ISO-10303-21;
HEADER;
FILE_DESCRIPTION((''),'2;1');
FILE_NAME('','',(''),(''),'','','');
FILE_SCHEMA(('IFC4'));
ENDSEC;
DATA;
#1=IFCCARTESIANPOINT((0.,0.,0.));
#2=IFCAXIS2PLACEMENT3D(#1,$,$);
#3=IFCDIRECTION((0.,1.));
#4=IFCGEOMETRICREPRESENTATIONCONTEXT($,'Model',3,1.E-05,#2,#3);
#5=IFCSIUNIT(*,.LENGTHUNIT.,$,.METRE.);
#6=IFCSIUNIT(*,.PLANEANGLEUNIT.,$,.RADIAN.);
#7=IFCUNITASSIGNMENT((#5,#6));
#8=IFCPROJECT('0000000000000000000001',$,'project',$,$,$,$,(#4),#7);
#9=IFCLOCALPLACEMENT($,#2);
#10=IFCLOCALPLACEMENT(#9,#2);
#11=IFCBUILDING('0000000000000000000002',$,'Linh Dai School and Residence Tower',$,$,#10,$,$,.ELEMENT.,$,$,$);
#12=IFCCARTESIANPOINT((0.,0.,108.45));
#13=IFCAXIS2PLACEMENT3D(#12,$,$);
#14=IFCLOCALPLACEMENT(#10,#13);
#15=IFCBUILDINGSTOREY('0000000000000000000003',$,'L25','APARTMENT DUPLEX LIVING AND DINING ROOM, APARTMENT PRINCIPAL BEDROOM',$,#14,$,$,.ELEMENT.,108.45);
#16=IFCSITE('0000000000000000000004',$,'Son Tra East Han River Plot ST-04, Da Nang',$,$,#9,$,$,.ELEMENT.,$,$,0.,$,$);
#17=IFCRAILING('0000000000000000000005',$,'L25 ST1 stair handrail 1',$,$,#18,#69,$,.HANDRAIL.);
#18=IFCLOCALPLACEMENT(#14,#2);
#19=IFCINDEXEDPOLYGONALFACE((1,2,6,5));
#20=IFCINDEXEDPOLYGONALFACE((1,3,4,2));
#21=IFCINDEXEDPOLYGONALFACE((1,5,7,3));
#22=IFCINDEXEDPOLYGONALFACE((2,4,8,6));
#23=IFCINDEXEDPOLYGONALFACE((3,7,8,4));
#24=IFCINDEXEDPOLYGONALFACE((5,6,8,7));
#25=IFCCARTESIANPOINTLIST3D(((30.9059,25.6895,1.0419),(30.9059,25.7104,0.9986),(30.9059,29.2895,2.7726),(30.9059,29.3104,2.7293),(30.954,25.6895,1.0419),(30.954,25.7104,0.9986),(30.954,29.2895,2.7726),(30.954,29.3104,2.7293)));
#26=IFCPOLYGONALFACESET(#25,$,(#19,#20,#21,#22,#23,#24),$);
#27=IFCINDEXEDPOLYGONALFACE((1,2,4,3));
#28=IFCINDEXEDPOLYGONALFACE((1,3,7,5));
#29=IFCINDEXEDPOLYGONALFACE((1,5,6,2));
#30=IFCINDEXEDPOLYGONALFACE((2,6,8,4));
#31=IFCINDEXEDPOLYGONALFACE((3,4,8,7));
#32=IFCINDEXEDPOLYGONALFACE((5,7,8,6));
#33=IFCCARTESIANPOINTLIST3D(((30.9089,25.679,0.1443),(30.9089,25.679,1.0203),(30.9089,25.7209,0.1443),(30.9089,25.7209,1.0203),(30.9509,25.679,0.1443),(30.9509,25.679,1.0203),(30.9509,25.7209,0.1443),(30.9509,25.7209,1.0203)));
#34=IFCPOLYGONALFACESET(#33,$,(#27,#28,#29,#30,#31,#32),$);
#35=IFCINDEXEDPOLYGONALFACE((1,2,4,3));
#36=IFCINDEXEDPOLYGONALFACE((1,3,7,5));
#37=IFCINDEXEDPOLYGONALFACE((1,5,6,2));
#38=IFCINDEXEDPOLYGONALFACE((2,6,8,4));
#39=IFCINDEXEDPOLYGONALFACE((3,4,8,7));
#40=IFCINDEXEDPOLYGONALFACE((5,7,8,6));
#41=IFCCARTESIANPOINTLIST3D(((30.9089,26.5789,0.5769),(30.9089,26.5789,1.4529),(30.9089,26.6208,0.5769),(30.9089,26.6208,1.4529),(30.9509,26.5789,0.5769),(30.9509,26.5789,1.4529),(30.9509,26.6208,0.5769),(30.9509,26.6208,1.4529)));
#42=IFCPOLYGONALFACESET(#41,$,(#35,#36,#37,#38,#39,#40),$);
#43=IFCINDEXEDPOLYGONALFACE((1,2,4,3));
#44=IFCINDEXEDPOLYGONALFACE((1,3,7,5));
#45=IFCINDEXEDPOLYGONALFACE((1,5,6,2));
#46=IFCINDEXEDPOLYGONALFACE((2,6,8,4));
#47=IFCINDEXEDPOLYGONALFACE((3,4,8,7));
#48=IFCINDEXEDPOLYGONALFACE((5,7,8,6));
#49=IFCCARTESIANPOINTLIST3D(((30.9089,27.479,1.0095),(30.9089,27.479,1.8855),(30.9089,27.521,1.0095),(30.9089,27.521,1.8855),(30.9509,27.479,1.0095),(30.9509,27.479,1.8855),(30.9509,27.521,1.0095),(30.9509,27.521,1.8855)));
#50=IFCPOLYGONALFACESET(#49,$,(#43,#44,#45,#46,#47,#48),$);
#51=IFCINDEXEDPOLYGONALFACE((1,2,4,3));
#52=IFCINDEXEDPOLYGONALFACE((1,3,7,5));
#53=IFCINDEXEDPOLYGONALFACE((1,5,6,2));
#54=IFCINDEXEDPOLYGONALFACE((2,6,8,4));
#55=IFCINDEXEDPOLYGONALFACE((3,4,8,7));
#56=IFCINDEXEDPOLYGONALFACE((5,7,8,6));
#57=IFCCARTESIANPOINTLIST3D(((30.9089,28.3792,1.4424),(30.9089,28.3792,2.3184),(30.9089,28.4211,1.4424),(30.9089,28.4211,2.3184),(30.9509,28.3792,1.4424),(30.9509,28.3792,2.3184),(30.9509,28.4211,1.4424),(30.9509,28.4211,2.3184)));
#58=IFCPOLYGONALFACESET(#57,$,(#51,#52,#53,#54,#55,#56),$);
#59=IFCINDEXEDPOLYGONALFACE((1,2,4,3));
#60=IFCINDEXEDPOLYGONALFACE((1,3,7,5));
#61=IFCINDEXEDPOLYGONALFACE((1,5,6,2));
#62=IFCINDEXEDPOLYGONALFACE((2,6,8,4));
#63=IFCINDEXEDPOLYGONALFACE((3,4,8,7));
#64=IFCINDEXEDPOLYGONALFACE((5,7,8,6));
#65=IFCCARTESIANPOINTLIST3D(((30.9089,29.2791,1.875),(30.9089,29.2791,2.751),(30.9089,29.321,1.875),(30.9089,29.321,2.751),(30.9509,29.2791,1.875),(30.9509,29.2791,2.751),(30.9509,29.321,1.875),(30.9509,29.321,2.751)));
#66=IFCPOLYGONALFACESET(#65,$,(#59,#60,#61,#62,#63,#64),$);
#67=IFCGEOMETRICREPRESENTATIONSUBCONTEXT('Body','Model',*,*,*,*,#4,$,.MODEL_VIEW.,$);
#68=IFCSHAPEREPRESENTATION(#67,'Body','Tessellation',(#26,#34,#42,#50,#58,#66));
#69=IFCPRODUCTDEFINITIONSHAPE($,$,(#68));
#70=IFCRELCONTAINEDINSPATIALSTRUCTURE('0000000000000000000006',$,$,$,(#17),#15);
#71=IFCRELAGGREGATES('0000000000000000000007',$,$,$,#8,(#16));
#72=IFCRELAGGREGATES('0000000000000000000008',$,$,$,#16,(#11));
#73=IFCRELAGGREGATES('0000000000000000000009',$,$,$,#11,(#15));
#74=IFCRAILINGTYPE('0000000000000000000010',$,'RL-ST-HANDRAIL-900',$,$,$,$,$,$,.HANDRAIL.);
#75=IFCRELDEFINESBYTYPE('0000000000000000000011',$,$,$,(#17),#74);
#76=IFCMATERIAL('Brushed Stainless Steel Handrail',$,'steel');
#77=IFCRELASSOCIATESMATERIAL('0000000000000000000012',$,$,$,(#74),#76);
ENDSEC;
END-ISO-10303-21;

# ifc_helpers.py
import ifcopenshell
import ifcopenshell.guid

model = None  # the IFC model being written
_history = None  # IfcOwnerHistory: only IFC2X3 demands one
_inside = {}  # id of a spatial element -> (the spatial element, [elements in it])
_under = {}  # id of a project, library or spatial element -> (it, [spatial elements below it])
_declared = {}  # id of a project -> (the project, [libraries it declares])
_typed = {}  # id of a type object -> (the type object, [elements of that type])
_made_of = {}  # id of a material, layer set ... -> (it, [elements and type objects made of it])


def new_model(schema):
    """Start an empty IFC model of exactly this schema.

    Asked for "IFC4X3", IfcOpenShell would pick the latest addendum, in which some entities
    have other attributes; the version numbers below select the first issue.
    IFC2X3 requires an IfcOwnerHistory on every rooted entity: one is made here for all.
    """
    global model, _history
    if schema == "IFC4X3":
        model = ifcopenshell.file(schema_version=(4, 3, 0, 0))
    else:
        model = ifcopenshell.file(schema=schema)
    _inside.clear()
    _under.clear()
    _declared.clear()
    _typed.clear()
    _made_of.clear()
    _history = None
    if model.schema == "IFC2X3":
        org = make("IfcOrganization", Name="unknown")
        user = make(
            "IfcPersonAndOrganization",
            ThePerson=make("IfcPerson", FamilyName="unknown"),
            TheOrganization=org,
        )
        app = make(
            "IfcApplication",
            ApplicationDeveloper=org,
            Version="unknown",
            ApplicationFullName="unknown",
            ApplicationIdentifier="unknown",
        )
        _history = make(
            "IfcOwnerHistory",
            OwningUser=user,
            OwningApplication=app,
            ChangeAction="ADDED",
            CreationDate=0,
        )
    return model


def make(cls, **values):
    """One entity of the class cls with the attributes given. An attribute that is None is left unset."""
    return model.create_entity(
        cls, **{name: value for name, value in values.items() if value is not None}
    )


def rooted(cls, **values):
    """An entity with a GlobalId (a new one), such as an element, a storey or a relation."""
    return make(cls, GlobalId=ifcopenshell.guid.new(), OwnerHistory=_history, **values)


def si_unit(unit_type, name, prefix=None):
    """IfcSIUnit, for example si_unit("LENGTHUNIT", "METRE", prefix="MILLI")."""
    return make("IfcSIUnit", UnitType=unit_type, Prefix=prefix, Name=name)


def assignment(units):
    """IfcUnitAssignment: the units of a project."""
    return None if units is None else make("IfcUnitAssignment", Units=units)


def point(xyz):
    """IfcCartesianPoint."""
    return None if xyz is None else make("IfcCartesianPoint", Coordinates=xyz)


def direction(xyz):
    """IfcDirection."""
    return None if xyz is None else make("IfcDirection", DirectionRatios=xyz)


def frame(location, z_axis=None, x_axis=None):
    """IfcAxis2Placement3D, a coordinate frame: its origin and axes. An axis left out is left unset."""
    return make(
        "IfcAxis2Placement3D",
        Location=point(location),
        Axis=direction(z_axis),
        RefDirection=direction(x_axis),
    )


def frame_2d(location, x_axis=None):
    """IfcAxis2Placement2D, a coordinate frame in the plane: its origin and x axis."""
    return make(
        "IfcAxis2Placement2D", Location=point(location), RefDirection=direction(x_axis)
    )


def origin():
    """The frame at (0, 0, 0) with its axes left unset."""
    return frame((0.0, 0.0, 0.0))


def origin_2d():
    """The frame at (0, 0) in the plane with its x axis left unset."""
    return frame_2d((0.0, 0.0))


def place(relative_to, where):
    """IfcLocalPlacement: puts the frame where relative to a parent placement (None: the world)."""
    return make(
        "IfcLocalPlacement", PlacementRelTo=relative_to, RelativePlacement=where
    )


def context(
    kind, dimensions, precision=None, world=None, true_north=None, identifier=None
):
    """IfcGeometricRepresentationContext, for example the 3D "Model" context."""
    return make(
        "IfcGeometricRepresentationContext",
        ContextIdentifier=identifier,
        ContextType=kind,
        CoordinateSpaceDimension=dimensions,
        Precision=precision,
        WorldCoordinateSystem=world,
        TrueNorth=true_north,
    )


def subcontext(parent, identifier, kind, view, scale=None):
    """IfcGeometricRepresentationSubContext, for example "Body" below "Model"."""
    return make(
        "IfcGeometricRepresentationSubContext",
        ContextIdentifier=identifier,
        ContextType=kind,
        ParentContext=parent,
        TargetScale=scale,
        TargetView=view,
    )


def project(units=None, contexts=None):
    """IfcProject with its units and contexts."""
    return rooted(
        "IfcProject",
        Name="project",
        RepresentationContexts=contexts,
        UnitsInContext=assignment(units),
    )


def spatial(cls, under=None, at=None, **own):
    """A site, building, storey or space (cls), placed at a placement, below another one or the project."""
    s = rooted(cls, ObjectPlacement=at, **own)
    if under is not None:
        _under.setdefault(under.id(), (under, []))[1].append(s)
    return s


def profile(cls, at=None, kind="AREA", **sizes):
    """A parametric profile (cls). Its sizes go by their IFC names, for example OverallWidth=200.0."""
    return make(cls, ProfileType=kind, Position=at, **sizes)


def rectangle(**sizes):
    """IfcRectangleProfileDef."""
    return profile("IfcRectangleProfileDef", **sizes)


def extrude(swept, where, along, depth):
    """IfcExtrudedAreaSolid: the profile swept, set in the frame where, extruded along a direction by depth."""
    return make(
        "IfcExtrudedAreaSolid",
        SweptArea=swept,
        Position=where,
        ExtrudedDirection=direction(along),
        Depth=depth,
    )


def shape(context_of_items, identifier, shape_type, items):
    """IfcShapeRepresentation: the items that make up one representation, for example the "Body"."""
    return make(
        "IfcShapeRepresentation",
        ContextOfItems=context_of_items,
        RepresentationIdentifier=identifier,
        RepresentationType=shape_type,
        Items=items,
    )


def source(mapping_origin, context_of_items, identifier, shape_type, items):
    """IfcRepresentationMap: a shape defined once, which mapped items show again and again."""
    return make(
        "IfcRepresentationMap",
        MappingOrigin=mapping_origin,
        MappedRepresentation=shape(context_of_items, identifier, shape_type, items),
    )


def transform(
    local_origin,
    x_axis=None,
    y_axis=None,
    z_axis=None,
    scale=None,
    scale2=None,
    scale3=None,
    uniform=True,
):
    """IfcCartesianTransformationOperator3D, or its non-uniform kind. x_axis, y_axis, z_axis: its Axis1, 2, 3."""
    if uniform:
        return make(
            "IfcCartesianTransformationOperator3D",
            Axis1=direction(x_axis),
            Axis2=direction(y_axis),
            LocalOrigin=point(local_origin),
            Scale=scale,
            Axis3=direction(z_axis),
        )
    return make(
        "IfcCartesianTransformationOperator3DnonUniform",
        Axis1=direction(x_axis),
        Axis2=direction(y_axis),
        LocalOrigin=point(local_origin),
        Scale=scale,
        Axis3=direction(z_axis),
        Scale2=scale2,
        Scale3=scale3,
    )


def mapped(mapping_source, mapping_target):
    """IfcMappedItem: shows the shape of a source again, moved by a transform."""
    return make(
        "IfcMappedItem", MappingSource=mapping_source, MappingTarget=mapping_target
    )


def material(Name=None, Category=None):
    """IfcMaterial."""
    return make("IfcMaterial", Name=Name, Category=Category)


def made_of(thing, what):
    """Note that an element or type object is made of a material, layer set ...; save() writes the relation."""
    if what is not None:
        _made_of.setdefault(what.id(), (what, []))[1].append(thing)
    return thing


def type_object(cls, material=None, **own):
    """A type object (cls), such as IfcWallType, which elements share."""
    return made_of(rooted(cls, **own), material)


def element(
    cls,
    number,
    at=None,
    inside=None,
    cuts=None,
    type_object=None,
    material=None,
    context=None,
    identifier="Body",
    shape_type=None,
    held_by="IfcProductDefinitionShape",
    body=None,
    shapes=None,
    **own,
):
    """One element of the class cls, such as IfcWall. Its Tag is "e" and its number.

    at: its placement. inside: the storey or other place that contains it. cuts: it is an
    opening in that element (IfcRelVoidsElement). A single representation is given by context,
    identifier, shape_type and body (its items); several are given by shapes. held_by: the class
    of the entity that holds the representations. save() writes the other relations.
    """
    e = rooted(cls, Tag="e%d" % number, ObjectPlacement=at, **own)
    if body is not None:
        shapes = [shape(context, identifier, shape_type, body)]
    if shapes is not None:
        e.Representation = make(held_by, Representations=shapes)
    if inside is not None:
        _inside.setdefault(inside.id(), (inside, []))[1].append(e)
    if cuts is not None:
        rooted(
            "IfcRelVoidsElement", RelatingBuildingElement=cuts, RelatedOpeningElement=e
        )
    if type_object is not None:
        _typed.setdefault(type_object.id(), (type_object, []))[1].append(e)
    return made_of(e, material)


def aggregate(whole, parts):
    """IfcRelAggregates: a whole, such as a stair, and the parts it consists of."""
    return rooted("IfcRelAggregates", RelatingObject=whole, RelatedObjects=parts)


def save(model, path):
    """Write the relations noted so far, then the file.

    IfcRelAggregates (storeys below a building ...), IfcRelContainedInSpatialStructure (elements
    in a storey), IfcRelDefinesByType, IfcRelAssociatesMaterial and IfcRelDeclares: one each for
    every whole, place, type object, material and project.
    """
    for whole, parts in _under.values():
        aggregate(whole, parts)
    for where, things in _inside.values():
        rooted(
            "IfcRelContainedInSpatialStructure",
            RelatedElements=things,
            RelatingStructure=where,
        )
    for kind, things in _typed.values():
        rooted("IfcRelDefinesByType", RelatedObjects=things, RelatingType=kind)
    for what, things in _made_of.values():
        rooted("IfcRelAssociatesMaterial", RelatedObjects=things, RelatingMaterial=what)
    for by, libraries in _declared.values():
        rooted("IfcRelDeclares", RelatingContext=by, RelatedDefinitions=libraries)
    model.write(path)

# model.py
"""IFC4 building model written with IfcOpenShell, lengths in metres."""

from ifc_helpers import new_model, si_unit, direction, frame, origin, origin_2d, place, context, subcontext, project, spatial, rectangle, extrude, source, transform, mapped, material, type_object, element, save


model = new_model("IFC4")

# Units and contexts
model_context = context("Model", 3, precision=1e-05, world=origin(), true_north=direction((0.0, 1.0)))
body_context = subcontext(model_context, "Body", "Model", "MODEL_VIEW")
ifc_project = project(units=[si_unit("LENGTHUNIT", "METRE"), si_unit("PLANEANGLEUNIT", "RADIAN")], contexts=[model_context])

# Site, building, storey
site_placement = place(None, origin())
site = spatial("IfcSite", under=ifc_project, at=site_placement, Name="Son Tra East Han River Plot ST-04, Da Nang", CompositionType="ELEMENT", RefElevation=0.0)
building_placement = place(site_placement, origin())
building = spatial("IfcBuilding", under=site, at=building_placement, Name="Linh Dai School and Residence Tower", CompositionType="ELEMENT")
storey_placement = place(building_placement, frame((0.0, 0.0, 108.45)))
storey = spatial("IfcBuildingStorey", under=building, at=storey_placement, Name="L25", Description="APARTMENT DUPLEX LIVING AND DINING ROOM, APARTMENT PRINCIPAL BEDROOM", CompositionType="ELEMENT", Elevation=108.45)

# Railing
ifc_material_1 = material(Name="Brushed Stainless Steel Handrail", Category="steel")
railing_type_1 = type_object("IfcRailingType", Name="RL-ST-HANDRAIL-900", PredefinedType="HANDRAIL", material=ifc_material_1)
shared_shape_1 = source(origin(), body_context, "Body", "SweptSolid", [
    extrude(rectangle(XDim=0.0481, YDim=0.0481, at=origin_2d()), frame((0.0, 0.0, 0.876), z_axis=(0.0, 0.901263, 0.433273), x_axis=(-1.0, 0.0, 0.0)), (0.0, 0.0, 1.0), 3.9944),
    extrude(rectangle(XDim=0.042, YDim=0.042, at=origin_2d()), origin(), (0.0, 0.0, 1.0), 0.876),
    extrude(rectangle(XDim=0.042, YDim=0.042, at=origin_2d()), frame((0.0, 0.8999, 0.4326)), (0.0, 0.0, 1.0), 0.876),
    extrude(rectangle(XDim=0.042, YDim=0.042, at=origin_2d()), frame((0.0, 1.8, 0.8652)), (0.0, 0.0, 1.0), 0.876),
    extrude(rectangle(XDim=0.042, YDim=0.042, at=origin_2d()), frame((0.0, 2.7002, 1.2981)), (0.0, 0.0, 1.0), 0.876),
    extrude(rectangle(XDim=0.042, YDim=0.042, at=origin_2d()), frame((0.0, 3.6001, 1.7307)), (0.0, 0.0, 1.0), 0.876),
])
railing_1_placement = place(storey_placement, frame((30.9299, 25.7, 0.1443)))
element("IfcRailing", 1, at=railing_1_placement, inside=storey, type_object=railing_type_1, Name="L25 ST1 stair handrail 1", PredefinedType="HANDRAIL", context=body_context, shape_type="MappedRepresentation", body=[
    mapped(shared_shape_1, transform((0.0, 0.0, 0.0), x_axis=(1.0, 0.0, 0.0), y_axis=(0.0, 1.0, 0.0), z_axis=(0.0, 0.0, 1.0), scale=1.0)),
])

save(model, "model.ifc")
